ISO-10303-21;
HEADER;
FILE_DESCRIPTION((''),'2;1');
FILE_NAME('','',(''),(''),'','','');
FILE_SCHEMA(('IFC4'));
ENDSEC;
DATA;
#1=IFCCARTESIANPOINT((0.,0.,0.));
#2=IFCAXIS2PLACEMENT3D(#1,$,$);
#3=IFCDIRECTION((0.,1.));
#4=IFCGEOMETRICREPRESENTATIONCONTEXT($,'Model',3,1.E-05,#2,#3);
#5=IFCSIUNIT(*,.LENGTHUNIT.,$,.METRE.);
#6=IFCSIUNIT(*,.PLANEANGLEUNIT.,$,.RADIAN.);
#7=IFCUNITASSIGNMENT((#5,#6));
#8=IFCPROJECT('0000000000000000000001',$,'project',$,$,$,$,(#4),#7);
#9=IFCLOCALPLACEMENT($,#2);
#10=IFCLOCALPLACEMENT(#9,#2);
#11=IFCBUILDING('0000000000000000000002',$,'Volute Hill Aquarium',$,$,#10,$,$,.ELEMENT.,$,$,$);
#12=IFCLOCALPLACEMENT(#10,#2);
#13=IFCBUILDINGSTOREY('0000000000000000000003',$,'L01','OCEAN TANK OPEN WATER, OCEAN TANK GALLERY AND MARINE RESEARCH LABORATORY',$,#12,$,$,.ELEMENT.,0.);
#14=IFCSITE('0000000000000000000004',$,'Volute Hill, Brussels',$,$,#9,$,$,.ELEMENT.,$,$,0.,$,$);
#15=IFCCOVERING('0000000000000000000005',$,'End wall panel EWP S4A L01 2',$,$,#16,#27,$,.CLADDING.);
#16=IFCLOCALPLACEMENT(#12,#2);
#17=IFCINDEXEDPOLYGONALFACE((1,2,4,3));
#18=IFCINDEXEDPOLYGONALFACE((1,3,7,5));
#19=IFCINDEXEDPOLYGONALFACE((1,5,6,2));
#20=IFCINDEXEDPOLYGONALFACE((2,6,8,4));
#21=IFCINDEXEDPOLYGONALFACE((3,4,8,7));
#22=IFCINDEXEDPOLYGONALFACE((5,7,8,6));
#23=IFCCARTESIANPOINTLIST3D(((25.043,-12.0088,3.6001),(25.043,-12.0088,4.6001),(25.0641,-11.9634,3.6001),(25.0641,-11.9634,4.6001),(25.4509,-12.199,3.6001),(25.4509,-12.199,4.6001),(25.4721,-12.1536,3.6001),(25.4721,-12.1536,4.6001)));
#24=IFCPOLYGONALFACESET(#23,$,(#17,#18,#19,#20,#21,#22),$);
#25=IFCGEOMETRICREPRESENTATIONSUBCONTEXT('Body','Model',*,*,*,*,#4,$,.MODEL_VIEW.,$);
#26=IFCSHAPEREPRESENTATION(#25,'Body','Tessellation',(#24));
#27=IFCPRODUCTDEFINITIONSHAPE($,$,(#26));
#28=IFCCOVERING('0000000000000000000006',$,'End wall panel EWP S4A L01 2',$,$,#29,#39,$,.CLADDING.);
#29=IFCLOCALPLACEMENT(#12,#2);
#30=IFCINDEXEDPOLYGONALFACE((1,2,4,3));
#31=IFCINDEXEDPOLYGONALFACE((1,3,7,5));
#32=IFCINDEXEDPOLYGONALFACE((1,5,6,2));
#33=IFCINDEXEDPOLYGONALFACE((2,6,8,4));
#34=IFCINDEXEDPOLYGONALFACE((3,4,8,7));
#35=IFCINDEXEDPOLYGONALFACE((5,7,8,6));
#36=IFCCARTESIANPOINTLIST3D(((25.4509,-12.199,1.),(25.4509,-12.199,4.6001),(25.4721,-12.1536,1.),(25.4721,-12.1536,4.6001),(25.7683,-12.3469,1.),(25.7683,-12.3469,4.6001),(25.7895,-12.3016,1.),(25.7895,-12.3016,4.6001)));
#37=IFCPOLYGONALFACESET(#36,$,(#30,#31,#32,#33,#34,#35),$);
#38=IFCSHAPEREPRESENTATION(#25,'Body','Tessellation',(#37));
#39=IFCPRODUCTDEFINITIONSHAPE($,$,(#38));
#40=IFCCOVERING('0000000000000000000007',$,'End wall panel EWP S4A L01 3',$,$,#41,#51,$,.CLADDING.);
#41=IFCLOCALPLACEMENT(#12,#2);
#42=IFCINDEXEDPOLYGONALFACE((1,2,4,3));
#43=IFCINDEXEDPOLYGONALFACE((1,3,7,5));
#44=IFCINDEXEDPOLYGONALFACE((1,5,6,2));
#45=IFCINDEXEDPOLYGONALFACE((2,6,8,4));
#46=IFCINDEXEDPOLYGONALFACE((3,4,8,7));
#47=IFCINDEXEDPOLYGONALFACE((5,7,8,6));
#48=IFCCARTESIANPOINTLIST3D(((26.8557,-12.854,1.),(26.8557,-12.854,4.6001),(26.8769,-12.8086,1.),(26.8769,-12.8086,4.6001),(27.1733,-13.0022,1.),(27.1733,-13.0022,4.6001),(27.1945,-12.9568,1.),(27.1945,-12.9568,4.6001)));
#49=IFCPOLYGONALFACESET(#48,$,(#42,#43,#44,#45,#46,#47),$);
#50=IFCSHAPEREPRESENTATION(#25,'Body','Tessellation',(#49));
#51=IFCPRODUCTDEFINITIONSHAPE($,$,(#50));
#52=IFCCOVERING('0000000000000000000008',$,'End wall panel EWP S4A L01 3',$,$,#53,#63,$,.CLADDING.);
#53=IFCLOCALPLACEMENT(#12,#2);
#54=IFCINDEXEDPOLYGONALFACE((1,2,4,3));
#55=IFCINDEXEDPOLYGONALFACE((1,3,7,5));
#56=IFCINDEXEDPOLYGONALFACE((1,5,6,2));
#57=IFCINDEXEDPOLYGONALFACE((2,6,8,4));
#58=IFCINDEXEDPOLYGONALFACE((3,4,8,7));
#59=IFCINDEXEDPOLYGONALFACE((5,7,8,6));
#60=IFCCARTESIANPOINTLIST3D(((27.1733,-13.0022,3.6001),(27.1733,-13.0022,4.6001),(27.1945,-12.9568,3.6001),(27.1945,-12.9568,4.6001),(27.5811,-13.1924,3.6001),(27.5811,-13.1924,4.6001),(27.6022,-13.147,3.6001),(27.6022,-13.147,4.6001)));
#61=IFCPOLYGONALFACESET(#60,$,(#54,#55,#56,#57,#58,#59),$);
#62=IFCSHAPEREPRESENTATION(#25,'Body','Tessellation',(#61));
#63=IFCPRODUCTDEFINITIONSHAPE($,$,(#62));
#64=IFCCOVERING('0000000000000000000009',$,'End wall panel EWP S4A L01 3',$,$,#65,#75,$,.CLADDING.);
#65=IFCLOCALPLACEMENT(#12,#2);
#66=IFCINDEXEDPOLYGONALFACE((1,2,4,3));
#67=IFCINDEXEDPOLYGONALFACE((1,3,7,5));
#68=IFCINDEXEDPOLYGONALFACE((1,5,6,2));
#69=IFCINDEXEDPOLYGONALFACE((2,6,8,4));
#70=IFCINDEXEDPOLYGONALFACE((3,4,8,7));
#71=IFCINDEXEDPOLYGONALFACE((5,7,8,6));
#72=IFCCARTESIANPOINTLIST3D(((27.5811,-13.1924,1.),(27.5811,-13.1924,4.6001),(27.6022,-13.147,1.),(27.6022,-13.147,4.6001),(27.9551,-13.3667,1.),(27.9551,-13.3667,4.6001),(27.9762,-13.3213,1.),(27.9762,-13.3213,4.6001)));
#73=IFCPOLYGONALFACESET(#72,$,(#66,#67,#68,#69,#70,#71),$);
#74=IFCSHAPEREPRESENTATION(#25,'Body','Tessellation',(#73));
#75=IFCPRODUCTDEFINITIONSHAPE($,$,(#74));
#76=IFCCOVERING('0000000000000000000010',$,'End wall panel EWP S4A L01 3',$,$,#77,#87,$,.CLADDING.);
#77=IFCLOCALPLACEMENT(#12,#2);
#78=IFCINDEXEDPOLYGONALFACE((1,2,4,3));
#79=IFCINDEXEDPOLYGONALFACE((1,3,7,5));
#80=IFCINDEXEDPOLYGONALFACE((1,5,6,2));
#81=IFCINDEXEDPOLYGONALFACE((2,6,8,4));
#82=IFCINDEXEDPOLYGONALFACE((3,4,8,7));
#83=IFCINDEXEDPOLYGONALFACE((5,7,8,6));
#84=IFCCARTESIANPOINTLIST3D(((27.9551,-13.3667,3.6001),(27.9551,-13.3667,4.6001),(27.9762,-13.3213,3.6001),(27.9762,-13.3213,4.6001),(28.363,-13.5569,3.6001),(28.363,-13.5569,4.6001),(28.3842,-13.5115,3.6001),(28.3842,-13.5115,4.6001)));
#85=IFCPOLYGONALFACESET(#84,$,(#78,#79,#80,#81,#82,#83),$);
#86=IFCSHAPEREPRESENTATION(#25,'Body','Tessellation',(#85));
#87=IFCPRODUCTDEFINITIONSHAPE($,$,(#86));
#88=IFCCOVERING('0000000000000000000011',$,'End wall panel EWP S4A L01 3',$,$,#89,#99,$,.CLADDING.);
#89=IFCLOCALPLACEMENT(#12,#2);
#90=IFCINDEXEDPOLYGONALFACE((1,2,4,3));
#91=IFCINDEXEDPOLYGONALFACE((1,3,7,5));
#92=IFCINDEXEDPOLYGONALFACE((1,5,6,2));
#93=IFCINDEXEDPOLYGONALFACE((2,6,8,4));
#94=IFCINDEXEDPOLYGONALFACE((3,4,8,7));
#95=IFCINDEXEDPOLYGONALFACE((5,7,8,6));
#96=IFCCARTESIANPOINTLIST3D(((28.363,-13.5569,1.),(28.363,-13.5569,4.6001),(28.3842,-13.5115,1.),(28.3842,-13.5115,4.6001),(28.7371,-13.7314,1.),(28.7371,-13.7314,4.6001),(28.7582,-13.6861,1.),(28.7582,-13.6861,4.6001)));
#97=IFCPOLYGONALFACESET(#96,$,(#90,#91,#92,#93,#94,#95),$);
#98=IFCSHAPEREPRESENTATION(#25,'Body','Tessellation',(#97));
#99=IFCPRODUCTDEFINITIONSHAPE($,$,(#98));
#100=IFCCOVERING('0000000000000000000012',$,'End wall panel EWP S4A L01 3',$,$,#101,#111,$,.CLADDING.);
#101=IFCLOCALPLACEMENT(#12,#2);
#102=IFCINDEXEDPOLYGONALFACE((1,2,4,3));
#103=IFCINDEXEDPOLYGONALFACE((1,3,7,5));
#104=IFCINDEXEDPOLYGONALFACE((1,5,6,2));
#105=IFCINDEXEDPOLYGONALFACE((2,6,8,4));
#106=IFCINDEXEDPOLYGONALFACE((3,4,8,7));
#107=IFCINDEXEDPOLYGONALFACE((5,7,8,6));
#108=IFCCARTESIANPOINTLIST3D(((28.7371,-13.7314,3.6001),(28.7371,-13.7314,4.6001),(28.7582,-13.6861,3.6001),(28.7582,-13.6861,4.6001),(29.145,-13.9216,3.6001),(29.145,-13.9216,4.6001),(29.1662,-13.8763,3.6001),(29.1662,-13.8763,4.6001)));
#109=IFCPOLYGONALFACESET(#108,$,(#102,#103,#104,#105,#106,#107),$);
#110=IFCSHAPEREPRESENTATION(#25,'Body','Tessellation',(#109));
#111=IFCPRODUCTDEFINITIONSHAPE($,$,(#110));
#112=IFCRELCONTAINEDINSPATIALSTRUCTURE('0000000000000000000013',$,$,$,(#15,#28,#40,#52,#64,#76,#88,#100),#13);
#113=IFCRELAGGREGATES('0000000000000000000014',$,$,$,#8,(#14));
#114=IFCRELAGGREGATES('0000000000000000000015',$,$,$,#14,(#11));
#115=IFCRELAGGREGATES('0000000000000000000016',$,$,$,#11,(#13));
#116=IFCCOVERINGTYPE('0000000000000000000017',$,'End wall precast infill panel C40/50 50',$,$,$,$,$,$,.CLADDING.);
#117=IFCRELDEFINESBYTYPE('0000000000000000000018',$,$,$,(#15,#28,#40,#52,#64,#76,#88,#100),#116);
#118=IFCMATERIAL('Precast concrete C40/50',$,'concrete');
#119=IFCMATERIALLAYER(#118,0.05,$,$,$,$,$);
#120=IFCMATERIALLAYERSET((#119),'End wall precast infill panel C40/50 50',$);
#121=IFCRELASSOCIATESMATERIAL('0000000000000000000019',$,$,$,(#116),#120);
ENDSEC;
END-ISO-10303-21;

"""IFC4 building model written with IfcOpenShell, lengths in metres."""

from ifc_helpers import new_model, si_unit, direction, frame, origin, place, context, subcontext, project, spatial, polyline, outline, extrude, material, layer, layer_set, type_object, element, save


model = new_model("IFC4")

# Units and contexts
model_context = context("Model", 3, precision=1e-05, world=origin(), true_north=direction((0.0, 1.0)))
body_context = subcontext(model_context, "Body", "Model", "MODEL_VIEW")
ifc_project = project(units=[si_unit("LENGTHUNIT", "METRE"), si_unit("PLANEANGLEUNIT", "RADIAN")], contexts=[model_context])

# Site, building, storey
site_placement = place(None, origin())
site = spatial("IfcSite", under=ifc_project, at=site_placement, Name="Volute Hill, Brussels", CompositionType="ELEMENT", RefElevation=0.0)
building_placement = place(site_placement, origin())
building = spatial("IfcBuilding", under=site, at=building_placement, Name="Volute Hill Aquarium", CompositionType="ELEMENT")
storey_placement = place(building_placement, origin())
storey = spatial("IfcBuildingStorey", under=building, at=storey_placement, Name="L01", Description="OCEAN TANK OPEN WATER, OCEAN TANK GALLERY AND MARINE RESEARCH LABORATORY", CompositionType="ELEMENT", Elevation=0.0)

# Coverings
ifc_material_1 = material(Name="Precast concrete C40/50", Category="concrete")
ifc_layer_1 = layer(ifc_material_1, 0.05)
ifc_layer_set_1 = layer_set([ifc_layer_1], Name="End wall precast infill panel C40/50 50")
covering_type_1 = type_object("IfcCoveringType", Name="End wall precast infill panel C40/50 50", PredefinedType="CLADDING", material=ifc_layer_set_1)
covering_1_placement = place(storey_placement, frame((25.043, -12.0088, 3.6001), z_axis=(-0.422529, -0.906349, 0.0), x_axis=(0.906349, -0.422529, 0.0)))
element("IfcCovering", 1, at=covering_1_placement, inside=storey, type_object=covering_type_1, Name="End wall panel EWP S4A L01 2", PredefinedType="CLADDING", context=body_context, shape_type="SweptSolid", body=[
    extrude(outline(polyline([(0.0, 0.0), (0.4501, 0.0), (0.4501, 1.0), (0.0, 1.0), (0.0, 0.0)])), origin(), (0.0, 0.0, -1.0), 0.05),
])
covering_2_placement = place(storey_placement, frame((25.4509, -12.199, 1.0), z_axis=(-0.422504, -0.906361, 0.0), x_axis=(0.906361, -0.422504, 0.0)))
element("IfcCovering", 2, at=covering_2_placement, inside=storey, type_object=covering_type_1, Name="End wall panel EWP S4A L01 2", PredefinedType="CLADDING", context=body_context, shape_type="SweptSolid", body=[
    extrude(outline(polyline([(0.0, 0.0), (0.3502, 0.0), (0.3502, 3.6001), (0.0, 3.6001), (0.0, 0.0)])), origin(), (0.0, 0.0, -1.0), 0.05),
])
covering_3_placement = place(storey_placement, frame((26.8557, -12.854, 1.0), z_axis=(-0.422809, -0.906219, 0.0), x_axis=(0.906219, -0.422809, 0.0)))
element("IfcCovering", 3, at=covering_3_placement, inside=storey, type_object=covering_type_1, Name="End wall panel EWP S4A L01 3", PredefinedType="CLADDING", context=body_context, shape_type="SweptSolid", body=[
    extrude(outline(polyline([(0.0, 0.0), (0.3505, 0.0), (0.3505, 3.6001), (0.0, 3.6001), (0.0, 0.0)])), origin(), (0.0, 0.0, -1.0), 0.05),
])
covering_4_placement = place(storey_placement, frame((27.1733, -13.0022, 3.6001), z_axis=(-0.422737, -0.906252, 0.0), x_axis=(0.906252, -0.422737, 0.0)))
element("IfcCovering", 4, at=covering_4_placement, inside=storey, type_object=covering_type_1, Name="End wall panel EWP S4A L01 3", PredefinedType="CLADDING", context=body_context, shape_type="SweptSolid", body=[
    extrude(outline(polyline([(0.0, 0.0), (0.4499, 0.0), (0.4499, 1.0), (0.0, 1.0), (0.0, 0.0)])), origin(), (0.0, 0.0, -1.0), 0.05),
])
covering_5_placement = place(storey_placement, frame((27.5811, -13.1924, 1.0), z_axis=(-0.422432, -0.906395, 0.0), x_axis=(0.906395, -0.422432, 0.0)))
element("IfcCovering", 5, at=covering_5_placement, inside=storey, type_object=covering_type_1, Name="End wall panel EWP S4A L01 3", PredefinedType="CLADDING", context=body_context, shape_type="SweptSolid", body=[
    extrude(outline(polyline([(0.0, 0.0), (0.4126, 0.0), (0.4126, 3.6001), (0.0, 3.6001), (0.0, 0.0)])), origin(), (0.0, 0.0, -1.0), 0.05),
])
covering_6_placement = place(storey_placement, frame((27.9551, -13.3667, 3.6001), z_axis=(-0.422529, -0.906349, 0.0), x_axis=(0.906349, -0.422529, 0.0)))
element("IfcCovering", 6, at=covering_6_placement, inside=storey, type_object=covering_type_1, Name="End wall panel EWP S4A L01 3", PredefinedType="CLADDING", context=body_context, shape_type="SweptSolid", body=[
    extrude(outline(polyline([(0.0, 0.0), (0.4501, 0.0), (0.4501, 1.0), (0.0, 1.0), (0.0, 0.0)])), origin(), (0.0, 0.0, -1.0), 0.05),
])
covering_7_placement = place(storey_placement, frame((28.363, -13.5569, 1.0), z_axis=(-0.422918, -0.906168, 0.0), x_axis=(0.906168, -0.422918, 0.0)))
element("IfcCovering", 7, at=covering_7_placement, inside=storey, type_object=covering_type_1, Name="End wall panel EWP S4A L01 3", PredefinedType="CLADDING", context=body_context, shape_type="SweptSolid", body=[
    extrude(outline(polyline([(0.0, 0.0), (0.4128, 0.0), (0.4128, 3.6001), (0.0, 3.6001), (0.0, 0.0)])), origin(), (0.0, 0.0, -1.0), 0.05),
])
covering_8_placement = place(storey_placement, frame((28.7371, -13.7314, 3.6001), z_axis=(-0.422529, -0.906349, 0.0), x_axis=(0.906349, -0.422529, 0.0)))
element("IfcCovering", 8, at=covering_8_placement, inside=storey, type_object=covering_type_1, Name="End wall panel EWP S4A L01 3", PredefinedType="CLADDING", context=body_context, shape_type="SweptSolid", body=[
    extrude(outline(polyline([(0.0, 0.0), (0.4501, 0.0), (0.4501, 1.0), (0.0, 1.0), (0.0, 0.0)])), origin(), (0.0, 0.0, -1.0), 0.05),
])

save(model, "model.ifc")
